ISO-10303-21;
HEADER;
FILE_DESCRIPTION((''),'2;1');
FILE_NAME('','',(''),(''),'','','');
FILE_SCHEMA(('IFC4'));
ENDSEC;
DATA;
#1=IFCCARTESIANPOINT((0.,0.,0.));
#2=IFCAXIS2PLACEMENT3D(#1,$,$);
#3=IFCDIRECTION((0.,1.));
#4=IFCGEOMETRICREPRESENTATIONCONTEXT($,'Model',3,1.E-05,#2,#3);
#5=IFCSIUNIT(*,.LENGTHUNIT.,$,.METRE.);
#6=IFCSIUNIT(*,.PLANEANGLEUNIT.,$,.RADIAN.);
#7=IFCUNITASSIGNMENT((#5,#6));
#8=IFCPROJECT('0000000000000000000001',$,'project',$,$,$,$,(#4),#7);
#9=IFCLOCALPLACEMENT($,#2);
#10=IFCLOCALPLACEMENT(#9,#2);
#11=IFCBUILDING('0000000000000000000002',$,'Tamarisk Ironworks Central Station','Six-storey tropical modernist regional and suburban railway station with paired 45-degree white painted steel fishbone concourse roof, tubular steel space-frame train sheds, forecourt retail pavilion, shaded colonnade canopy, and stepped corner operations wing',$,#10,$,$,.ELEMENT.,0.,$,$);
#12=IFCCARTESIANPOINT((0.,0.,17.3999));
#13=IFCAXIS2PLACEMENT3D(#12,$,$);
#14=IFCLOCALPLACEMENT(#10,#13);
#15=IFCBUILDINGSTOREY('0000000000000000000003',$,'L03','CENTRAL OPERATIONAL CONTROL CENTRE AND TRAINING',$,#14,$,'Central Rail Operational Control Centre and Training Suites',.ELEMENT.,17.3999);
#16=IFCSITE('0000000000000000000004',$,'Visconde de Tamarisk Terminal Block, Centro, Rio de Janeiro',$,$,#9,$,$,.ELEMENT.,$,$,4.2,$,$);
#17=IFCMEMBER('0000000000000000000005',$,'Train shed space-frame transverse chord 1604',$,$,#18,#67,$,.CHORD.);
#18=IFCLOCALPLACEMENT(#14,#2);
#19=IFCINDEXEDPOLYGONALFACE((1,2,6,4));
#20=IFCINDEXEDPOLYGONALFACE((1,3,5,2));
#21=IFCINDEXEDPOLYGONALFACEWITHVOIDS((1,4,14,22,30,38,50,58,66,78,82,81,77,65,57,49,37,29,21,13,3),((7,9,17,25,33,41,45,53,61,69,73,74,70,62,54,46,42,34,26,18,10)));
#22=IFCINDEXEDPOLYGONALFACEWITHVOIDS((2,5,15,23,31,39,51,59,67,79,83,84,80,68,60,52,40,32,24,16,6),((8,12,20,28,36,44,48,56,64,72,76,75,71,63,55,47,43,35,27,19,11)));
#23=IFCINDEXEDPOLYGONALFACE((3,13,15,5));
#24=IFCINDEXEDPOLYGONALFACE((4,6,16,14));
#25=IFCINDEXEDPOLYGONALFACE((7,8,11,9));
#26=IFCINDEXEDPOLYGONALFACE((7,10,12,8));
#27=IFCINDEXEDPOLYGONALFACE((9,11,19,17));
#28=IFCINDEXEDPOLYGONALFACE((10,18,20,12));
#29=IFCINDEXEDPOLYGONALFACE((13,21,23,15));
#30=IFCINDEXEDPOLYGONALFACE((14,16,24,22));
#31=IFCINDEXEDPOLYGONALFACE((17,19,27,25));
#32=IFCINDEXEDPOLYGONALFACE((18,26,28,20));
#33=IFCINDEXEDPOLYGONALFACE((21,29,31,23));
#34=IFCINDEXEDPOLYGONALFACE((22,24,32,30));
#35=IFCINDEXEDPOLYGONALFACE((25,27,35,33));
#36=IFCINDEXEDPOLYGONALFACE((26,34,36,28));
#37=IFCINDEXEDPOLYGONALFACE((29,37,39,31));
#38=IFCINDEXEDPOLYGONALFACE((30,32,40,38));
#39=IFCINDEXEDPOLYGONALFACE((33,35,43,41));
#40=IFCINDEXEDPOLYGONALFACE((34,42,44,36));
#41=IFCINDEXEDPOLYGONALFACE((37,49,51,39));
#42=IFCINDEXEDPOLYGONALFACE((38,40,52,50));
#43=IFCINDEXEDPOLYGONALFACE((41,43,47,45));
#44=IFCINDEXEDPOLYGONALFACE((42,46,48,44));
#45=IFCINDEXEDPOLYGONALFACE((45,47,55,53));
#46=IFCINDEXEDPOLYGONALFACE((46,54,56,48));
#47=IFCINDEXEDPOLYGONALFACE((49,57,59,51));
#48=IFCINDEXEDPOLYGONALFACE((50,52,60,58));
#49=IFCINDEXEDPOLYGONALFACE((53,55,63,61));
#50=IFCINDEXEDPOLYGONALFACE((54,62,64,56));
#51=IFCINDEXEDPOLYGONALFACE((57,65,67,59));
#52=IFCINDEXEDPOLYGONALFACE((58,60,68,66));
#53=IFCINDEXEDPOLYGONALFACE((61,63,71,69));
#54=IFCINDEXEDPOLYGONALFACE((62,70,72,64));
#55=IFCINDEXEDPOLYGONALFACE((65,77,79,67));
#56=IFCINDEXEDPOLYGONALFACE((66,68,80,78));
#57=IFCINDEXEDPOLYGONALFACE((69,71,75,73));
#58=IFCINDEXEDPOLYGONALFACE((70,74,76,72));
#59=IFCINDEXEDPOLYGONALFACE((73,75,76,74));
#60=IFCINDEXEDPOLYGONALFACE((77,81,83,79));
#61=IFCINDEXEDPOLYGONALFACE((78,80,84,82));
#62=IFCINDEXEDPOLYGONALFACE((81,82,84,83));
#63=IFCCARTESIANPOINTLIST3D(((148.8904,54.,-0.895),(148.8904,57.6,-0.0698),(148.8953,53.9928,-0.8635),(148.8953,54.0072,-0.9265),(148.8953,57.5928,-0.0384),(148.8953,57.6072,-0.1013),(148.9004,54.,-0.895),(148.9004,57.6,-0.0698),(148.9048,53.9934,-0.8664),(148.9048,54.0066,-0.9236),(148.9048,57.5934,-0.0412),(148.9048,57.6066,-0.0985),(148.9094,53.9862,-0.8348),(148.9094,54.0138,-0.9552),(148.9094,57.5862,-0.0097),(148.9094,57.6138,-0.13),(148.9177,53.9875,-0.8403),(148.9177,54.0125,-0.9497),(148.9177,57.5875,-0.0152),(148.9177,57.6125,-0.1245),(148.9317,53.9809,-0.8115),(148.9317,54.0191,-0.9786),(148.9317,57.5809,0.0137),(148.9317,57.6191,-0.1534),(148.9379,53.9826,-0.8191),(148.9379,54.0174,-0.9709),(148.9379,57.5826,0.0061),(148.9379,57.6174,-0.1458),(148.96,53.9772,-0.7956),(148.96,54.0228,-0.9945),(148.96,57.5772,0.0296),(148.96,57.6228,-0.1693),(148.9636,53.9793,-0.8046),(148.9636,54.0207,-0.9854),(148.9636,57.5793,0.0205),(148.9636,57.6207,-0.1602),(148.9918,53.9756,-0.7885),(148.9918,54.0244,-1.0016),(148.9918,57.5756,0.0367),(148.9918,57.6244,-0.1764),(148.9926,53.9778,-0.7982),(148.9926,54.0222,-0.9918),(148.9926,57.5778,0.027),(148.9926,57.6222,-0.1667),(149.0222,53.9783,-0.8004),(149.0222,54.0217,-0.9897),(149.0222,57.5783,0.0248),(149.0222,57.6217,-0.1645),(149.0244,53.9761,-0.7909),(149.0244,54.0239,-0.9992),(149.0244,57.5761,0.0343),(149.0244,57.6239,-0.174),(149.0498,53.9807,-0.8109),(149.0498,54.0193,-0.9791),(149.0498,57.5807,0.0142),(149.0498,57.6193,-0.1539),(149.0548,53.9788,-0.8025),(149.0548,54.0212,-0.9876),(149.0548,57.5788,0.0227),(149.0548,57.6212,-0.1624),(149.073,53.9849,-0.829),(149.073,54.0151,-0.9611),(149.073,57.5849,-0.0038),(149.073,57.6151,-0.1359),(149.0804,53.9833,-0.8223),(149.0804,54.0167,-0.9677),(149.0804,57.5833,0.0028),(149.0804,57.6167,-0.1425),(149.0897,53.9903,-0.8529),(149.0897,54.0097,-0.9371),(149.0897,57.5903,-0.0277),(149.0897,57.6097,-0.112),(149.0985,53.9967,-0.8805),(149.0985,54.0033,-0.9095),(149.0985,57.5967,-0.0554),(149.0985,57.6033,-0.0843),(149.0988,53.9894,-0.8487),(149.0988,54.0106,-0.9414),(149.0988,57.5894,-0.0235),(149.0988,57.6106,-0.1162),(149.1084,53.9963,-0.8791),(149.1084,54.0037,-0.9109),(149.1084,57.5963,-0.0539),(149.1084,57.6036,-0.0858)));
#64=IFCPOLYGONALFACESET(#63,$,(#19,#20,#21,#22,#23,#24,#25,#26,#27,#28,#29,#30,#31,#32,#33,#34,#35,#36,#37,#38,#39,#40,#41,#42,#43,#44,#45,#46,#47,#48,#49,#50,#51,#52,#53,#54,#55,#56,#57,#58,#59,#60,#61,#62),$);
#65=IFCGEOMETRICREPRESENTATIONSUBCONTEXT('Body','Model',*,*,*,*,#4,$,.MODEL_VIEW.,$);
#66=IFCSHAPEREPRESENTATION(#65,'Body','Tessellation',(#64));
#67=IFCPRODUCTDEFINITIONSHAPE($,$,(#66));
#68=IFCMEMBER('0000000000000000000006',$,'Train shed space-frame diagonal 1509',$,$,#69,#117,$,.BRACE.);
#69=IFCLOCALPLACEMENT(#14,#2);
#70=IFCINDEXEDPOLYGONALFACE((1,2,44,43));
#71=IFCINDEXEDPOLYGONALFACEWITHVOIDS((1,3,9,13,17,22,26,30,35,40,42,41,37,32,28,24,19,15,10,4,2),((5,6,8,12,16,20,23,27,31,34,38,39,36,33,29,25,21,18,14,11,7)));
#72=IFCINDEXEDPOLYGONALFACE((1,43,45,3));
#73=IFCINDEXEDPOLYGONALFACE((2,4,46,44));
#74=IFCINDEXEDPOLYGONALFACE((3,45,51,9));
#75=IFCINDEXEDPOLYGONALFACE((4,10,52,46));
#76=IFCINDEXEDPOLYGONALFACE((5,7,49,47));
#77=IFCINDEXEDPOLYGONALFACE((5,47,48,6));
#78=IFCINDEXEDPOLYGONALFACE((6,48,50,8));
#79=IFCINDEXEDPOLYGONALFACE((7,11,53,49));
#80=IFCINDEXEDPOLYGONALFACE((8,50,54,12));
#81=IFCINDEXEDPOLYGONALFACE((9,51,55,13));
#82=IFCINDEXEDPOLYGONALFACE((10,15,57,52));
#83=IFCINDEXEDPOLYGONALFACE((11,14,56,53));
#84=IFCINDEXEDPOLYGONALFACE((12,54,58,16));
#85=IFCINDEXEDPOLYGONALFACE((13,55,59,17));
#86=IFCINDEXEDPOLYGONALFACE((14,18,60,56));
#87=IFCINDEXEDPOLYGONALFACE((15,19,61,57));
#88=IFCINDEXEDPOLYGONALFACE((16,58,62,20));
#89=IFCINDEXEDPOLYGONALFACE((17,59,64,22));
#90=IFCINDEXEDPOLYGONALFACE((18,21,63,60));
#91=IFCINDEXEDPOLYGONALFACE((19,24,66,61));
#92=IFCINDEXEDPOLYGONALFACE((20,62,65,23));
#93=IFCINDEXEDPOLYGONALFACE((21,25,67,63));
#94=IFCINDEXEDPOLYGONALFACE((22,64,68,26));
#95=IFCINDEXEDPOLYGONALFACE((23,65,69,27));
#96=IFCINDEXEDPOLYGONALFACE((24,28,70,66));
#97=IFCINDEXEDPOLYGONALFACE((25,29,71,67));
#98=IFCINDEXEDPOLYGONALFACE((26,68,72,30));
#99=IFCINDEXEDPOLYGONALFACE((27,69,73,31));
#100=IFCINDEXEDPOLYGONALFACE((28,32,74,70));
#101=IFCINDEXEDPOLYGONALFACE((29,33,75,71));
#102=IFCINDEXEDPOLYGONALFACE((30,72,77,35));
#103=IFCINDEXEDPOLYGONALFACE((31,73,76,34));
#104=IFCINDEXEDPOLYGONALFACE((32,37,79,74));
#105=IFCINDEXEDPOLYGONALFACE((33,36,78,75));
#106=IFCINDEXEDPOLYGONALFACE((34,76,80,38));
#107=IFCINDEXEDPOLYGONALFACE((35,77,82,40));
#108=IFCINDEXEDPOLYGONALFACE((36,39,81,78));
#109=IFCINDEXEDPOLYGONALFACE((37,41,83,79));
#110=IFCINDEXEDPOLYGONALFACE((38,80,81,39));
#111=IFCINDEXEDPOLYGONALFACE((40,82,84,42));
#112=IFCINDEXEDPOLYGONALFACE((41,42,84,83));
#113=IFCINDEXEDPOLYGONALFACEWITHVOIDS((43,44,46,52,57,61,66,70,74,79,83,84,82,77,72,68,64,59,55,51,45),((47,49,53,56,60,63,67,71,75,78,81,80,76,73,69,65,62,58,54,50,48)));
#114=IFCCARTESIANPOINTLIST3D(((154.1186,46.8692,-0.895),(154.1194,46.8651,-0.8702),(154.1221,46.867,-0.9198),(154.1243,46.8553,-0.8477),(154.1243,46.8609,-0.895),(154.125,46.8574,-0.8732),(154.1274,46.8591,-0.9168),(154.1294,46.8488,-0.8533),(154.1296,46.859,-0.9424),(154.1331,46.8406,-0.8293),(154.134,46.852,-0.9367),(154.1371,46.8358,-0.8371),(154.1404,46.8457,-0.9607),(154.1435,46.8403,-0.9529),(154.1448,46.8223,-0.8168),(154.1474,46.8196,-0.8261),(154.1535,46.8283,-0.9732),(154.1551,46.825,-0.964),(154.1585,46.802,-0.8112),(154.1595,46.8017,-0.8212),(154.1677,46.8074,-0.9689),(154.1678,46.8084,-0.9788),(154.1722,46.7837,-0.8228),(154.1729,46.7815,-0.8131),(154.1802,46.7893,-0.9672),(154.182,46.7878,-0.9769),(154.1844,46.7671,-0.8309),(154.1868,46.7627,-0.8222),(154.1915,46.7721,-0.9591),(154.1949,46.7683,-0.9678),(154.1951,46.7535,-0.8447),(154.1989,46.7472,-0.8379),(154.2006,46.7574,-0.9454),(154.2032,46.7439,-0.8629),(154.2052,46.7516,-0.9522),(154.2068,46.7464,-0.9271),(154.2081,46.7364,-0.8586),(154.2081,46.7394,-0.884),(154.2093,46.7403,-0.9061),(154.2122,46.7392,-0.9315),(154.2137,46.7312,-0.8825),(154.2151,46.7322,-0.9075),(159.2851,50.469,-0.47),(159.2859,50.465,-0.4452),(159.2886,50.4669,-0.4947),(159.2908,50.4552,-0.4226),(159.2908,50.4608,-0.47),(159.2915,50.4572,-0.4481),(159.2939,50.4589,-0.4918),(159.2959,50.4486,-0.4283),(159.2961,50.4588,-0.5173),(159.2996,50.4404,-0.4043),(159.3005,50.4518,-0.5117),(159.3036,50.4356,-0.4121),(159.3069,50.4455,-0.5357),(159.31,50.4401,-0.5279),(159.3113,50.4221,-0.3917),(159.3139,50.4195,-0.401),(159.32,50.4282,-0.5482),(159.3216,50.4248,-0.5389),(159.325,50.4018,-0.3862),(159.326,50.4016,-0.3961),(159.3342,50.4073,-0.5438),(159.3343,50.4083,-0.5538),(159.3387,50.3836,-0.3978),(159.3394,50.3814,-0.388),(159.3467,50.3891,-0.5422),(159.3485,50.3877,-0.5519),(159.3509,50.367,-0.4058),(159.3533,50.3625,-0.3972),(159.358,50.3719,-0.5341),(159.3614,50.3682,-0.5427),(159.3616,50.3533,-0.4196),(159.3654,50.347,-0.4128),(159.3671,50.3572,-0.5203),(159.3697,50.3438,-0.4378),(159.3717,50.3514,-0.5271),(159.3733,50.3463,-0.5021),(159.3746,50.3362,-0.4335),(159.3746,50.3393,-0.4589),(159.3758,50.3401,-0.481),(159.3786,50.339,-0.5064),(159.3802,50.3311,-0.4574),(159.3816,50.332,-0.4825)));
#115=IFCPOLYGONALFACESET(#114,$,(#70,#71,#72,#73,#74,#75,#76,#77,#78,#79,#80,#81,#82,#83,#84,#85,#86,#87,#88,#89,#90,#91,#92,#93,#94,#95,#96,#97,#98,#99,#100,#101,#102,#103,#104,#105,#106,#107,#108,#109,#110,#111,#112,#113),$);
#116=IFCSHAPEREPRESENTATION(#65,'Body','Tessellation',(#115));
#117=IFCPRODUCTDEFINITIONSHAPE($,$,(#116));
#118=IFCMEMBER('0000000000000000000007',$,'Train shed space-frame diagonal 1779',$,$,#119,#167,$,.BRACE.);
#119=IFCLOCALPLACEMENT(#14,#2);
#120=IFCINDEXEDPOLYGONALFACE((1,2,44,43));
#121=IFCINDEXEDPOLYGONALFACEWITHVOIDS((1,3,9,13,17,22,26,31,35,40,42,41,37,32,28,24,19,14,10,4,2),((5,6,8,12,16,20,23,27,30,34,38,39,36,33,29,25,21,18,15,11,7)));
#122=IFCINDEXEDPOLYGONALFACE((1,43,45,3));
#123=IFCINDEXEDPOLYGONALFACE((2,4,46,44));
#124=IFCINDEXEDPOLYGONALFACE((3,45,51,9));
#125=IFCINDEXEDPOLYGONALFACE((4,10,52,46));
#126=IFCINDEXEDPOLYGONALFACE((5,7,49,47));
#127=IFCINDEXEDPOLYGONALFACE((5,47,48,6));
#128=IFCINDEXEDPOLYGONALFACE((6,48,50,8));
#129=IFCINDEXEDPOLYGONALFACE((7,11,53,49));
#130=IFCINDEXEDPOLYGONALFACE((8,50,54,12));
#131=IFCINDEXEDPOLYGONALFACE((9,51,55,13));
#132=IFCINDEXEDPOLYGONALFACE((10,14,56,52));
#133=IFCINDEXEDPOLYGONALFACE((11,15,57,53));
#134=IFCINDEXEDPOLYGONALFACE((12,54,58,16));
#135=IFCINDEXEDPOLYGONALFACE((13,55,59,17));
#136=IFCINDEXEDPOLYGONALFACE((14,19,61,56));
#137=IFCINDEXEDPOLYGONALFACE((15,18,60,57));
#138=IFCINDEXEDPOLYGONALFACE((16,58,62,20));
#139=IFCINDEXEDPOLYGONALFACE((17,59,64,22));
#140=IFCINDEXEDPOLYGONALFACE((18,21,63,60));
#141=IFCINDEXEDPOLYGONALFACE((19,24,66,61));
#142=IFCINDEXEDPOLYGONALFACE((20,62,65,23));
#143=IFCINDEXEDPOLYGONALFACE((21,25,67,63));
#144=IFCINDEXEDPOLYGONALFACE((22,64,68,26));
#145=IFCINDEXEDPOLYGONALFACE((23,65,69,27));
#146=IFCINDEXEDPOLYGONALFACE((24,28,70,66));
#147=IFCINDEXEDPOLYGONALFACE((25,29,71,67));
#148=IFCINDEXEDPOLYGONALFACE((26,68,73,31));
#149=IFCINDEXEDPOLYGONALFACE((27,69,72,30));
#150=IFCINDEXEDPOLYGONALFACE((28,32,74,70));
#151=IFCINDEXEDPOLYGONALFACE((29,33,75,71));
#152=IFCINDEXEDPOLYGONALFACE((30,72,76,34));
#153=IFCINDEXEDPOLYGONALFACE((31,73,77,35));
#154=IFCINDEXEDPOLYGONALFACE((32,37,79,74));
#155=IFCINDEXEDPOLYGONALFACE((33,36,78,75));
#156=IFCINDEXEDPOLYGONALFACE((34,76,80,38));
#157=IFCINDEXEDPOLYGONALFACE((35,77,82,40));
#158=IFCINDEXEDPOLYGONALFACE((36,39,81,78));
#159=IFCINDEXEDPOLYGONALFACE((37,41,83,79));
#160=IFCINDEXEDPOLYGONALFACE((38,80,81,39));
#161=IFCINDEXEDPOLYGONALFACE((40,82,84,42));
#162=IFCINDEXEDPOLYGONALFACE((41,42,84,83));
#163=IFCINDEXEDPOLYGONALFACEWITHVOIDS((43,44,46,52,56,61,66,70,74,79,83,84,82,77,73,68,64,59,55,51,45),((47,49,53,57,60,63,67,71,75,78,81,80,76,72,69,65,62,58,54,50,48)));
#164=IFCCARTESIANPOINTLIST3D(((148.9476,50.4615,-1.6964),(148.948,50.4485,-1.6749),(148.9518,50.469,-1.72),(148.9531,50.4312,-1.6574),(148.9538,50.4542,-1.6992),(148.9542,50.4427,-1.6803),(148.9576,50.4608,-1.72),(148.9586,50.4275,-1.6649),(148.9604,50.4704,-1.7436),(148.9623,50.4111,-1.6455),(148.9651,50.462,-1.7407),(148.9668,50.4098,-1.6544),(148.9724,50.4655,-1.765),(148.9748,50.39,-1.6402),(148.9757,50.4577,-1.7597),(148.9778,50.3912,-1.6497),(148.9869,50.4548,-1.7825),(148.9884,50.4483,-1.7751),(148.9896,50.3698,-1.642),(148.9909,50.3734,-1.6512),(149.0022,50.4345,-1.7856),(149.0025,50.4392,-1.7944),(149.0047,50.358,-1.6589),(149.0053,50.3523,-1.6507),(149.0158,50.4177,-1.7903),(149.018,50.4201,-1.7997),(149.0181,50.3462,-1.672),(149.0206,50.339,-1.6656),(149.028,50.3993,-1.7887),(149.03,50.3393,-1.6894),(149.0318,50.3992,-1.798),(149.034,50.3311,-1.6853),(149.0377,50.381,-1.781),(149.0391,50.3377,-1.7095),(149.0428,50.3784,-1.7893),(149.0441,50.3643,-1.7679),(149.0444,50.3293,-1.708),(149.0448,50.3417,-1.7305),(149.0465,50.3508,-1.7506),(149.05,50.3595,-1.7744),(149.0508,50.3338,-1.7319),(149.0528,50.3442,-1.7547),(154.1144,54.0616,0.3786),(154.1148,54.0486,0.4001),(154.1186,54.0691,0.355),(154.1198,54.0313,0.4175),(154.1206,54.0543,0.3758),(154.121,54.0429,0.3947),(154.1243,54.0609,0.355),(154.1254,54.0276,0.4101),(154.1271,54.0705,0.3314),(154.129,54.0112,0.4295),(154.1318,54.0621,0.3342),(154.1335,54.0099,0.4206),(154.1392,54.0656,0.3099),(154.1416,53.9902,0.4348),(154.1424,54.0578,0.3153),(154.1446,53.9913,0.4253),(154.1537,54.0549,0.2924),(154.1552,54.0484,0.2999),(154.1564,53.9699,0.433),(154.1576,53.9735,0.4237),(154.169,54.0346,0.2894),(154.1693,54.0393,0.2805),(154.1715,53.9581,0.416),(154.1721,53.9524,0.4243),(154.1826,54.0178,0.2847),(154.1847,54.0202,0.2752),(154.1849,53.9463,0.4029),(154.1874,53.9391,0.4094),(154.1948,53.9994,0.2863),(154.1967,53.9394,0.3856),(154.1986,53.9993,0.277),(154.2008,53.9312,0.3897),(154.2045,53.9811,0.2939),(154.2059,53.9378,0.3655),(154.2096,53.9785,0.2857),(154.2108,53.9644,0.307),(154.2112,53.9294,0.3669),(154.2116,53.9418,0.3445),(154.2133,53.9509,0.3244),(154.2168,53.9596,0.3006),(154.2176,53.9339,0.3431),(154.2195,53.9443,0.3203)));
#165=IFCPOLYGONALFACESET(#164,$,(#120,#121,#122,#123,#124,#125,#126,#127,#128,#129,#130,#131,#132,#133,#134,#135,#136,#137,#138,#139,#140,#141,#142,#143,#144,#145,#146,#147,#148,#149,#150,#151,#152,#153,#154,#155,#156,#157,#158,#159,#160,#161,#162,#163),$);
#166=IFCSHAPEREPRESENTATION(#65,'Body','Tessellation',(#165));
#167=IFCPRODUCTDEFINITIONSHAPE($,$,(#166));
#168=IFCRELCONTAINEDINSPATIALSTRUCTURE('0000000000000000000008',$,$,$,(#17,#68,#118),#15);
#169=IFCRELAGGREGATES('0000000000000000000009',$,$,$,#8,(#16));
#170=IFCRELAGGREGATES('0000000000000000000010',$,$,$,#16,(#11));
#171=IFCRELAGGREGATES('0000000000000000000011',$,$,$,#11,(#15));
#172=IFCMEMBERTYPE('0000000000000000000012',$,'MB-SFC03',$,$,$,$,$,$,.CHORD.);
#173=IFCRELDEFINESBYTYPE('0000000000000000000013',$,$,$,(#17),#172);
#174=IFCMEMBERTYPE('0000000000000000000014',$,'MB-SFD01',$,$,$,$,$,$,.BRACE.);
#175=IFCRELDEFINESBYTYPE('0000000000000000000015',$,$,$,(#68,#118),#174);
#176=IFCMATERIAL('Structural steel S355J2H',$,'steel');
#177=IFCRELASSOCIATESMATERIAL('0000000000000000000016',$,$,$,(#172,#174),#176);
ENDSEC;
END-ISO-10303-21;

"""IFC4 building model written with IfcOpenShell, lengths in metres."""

from ifc_helpers import new_model, si_unit, direction, frame, origin, origin_2d, place, context, subcontext, project, spatial, hollow_circle, extrude, material, material_profile, profile_set, type_object, element, save


model = new_model("IFC4")

# Units and contexts
model_context = context("Model", 3, precision=1e-05, world=origin(), true_north=direction((0.0, 1.0)))
body_context = subcontext(model_context, "Body", "Model", "MODEL_VIEW")
ifc_project = project(units=[si_unit("LENGTHUNIT", "METRE"), si_unit("PLANEANGLEUNIT", "RADIAN")], contexts=[model_context])

# Site, building, storey
site_placement = place(None, origin())
site = spatial("IfcSite", under=ifc_project, at=site_placement, Name="Visconde de Tamarisk Terminal Block, Centro, Rio de Janeiro", CompositionType="ELEMENT", RefElevation=4.2)
building_placement = place(site_placement, origin())
building = spatial("IfcBuilding", under=site, at=building_placement, Name="Tamarisk Ironworks Central Station", Description="Six-storey tropical modernist regional and suburban railway station with paired 45-degree white painted steel fishbone concourse roof, tubular steel space-frame train sheds, forecourt retail pavilion, shaded colonnade canopy, and stepped corner operations wing", CompositionType="ELEMENT", ElevationOfRefHeight=0.0)
storey_placement = place(building_placement, frame((0.0, 0.0, 17.3999)))
storey = spatial("IfcBuildingStorey", under=building, at=storey_placement, Name="L03", Description="CENTRAL OPERATIONAL CONTROL CENTRE AND TRAINING", LongName="Central Rail Operational Control Centre and Training Suites", CompositionType="ELEMENT", Elevation=17.3999)

# Members
ifc_material_1 = material(Name="Structural steel S355J2H", Category="steel")
ifc_material_profile_1 = material_profile(ifc_material_1, hollow_circle(Radius=0.1096, WallThickness=0.01, at=origin_2d()), Name="CHS 219.1x10")
ifc_profile_set_1 = profile_set([ifc_material_profile_1], Name="Structural steel S355J2H")
member_type_1 = type_object("IfcMemberType", Name="MB-SFC03", PredefinedType="CHORD", material=ifc_profile_set_1)
for number, where, z_axis, x_axis, name in (
    (1, (149.0, 54.0, -0.895), (0.0, 0.974722, 0.223421), (-1.0, 0.0, 0.0), "Train shed space-frame transverse chord 1604"),
):
    element("IfcMember", number, at=place(storey_placement, frame(where, z_axis=z_axis, x_axis=x_axis)), inside=storey, type_object=member_type_1, Name=name, PredefinedType="CHORD", context=body_context, shape_type="SweptSolid", body=[
        extrude(hollow_circle(Radius=0.1096, WallThickness=0.01, at=origin_2d()), origin(), (0.0, 0.0, 1.0), 3.6934),
    ])
ifc_material_profile_2 = material_profile(ifc_material_1, hollow_circle(Radius=0.0842, WallThickness=0.01, at=origin_2d()), Name="CHS 168.3x10")
ifc_profile_set_2 = profile_set([ifc_material_profile_2], Name="Structural steel S355J2H")
member_type_2 = type_object("IfcMemberType", Name="MB-SFD01", PredefinedType="BRACE", material=ifc_profile_set_2)
member_1_placement = place(storey_placement, frame((154.1667, 46.8, -0.895), z_axis=(0.818613, 0.570383, 0.067347), x_axis=(-0.571681, 0.820476, 0.0)))
element("IfcMember", 2, at=member_1_placement, inside=storey, type_object=member_type_2, Name="Train shed space-frame diagonal 1509", PredefinedType="BRACE", context=body_context, shape_type="SweptSolid", body=[
    extrude(hollow_circle(Radius=0.0842, WallThickness=0.01, at=origin_2d()), origin(), (0.0, 0.0, 1.0), 6.3113),
])
member_2_placement = place(storey_placement, frame((149.0, 50.3999, -1.72), z_axis=(0.779258, 0.542973, 0.312948), x_axis=(-0.571689, 0.82047, 0.0)))
element("IfcMember", 3, at=member_2_placement, inside=storey, type_object=member_type_2, Name="Train shed space-frame diagonal 1779", PredefinedType="BRACE", context=body_context, shape_type="SweptSolid", body=[
    extrude(hollow_circle(Radius=0.0842, WallThickness=0.01, at=origin_2d()), origin(), (0.0, 0.0, 1.0), 6.6304),
])

save(model, "model.ifc")
